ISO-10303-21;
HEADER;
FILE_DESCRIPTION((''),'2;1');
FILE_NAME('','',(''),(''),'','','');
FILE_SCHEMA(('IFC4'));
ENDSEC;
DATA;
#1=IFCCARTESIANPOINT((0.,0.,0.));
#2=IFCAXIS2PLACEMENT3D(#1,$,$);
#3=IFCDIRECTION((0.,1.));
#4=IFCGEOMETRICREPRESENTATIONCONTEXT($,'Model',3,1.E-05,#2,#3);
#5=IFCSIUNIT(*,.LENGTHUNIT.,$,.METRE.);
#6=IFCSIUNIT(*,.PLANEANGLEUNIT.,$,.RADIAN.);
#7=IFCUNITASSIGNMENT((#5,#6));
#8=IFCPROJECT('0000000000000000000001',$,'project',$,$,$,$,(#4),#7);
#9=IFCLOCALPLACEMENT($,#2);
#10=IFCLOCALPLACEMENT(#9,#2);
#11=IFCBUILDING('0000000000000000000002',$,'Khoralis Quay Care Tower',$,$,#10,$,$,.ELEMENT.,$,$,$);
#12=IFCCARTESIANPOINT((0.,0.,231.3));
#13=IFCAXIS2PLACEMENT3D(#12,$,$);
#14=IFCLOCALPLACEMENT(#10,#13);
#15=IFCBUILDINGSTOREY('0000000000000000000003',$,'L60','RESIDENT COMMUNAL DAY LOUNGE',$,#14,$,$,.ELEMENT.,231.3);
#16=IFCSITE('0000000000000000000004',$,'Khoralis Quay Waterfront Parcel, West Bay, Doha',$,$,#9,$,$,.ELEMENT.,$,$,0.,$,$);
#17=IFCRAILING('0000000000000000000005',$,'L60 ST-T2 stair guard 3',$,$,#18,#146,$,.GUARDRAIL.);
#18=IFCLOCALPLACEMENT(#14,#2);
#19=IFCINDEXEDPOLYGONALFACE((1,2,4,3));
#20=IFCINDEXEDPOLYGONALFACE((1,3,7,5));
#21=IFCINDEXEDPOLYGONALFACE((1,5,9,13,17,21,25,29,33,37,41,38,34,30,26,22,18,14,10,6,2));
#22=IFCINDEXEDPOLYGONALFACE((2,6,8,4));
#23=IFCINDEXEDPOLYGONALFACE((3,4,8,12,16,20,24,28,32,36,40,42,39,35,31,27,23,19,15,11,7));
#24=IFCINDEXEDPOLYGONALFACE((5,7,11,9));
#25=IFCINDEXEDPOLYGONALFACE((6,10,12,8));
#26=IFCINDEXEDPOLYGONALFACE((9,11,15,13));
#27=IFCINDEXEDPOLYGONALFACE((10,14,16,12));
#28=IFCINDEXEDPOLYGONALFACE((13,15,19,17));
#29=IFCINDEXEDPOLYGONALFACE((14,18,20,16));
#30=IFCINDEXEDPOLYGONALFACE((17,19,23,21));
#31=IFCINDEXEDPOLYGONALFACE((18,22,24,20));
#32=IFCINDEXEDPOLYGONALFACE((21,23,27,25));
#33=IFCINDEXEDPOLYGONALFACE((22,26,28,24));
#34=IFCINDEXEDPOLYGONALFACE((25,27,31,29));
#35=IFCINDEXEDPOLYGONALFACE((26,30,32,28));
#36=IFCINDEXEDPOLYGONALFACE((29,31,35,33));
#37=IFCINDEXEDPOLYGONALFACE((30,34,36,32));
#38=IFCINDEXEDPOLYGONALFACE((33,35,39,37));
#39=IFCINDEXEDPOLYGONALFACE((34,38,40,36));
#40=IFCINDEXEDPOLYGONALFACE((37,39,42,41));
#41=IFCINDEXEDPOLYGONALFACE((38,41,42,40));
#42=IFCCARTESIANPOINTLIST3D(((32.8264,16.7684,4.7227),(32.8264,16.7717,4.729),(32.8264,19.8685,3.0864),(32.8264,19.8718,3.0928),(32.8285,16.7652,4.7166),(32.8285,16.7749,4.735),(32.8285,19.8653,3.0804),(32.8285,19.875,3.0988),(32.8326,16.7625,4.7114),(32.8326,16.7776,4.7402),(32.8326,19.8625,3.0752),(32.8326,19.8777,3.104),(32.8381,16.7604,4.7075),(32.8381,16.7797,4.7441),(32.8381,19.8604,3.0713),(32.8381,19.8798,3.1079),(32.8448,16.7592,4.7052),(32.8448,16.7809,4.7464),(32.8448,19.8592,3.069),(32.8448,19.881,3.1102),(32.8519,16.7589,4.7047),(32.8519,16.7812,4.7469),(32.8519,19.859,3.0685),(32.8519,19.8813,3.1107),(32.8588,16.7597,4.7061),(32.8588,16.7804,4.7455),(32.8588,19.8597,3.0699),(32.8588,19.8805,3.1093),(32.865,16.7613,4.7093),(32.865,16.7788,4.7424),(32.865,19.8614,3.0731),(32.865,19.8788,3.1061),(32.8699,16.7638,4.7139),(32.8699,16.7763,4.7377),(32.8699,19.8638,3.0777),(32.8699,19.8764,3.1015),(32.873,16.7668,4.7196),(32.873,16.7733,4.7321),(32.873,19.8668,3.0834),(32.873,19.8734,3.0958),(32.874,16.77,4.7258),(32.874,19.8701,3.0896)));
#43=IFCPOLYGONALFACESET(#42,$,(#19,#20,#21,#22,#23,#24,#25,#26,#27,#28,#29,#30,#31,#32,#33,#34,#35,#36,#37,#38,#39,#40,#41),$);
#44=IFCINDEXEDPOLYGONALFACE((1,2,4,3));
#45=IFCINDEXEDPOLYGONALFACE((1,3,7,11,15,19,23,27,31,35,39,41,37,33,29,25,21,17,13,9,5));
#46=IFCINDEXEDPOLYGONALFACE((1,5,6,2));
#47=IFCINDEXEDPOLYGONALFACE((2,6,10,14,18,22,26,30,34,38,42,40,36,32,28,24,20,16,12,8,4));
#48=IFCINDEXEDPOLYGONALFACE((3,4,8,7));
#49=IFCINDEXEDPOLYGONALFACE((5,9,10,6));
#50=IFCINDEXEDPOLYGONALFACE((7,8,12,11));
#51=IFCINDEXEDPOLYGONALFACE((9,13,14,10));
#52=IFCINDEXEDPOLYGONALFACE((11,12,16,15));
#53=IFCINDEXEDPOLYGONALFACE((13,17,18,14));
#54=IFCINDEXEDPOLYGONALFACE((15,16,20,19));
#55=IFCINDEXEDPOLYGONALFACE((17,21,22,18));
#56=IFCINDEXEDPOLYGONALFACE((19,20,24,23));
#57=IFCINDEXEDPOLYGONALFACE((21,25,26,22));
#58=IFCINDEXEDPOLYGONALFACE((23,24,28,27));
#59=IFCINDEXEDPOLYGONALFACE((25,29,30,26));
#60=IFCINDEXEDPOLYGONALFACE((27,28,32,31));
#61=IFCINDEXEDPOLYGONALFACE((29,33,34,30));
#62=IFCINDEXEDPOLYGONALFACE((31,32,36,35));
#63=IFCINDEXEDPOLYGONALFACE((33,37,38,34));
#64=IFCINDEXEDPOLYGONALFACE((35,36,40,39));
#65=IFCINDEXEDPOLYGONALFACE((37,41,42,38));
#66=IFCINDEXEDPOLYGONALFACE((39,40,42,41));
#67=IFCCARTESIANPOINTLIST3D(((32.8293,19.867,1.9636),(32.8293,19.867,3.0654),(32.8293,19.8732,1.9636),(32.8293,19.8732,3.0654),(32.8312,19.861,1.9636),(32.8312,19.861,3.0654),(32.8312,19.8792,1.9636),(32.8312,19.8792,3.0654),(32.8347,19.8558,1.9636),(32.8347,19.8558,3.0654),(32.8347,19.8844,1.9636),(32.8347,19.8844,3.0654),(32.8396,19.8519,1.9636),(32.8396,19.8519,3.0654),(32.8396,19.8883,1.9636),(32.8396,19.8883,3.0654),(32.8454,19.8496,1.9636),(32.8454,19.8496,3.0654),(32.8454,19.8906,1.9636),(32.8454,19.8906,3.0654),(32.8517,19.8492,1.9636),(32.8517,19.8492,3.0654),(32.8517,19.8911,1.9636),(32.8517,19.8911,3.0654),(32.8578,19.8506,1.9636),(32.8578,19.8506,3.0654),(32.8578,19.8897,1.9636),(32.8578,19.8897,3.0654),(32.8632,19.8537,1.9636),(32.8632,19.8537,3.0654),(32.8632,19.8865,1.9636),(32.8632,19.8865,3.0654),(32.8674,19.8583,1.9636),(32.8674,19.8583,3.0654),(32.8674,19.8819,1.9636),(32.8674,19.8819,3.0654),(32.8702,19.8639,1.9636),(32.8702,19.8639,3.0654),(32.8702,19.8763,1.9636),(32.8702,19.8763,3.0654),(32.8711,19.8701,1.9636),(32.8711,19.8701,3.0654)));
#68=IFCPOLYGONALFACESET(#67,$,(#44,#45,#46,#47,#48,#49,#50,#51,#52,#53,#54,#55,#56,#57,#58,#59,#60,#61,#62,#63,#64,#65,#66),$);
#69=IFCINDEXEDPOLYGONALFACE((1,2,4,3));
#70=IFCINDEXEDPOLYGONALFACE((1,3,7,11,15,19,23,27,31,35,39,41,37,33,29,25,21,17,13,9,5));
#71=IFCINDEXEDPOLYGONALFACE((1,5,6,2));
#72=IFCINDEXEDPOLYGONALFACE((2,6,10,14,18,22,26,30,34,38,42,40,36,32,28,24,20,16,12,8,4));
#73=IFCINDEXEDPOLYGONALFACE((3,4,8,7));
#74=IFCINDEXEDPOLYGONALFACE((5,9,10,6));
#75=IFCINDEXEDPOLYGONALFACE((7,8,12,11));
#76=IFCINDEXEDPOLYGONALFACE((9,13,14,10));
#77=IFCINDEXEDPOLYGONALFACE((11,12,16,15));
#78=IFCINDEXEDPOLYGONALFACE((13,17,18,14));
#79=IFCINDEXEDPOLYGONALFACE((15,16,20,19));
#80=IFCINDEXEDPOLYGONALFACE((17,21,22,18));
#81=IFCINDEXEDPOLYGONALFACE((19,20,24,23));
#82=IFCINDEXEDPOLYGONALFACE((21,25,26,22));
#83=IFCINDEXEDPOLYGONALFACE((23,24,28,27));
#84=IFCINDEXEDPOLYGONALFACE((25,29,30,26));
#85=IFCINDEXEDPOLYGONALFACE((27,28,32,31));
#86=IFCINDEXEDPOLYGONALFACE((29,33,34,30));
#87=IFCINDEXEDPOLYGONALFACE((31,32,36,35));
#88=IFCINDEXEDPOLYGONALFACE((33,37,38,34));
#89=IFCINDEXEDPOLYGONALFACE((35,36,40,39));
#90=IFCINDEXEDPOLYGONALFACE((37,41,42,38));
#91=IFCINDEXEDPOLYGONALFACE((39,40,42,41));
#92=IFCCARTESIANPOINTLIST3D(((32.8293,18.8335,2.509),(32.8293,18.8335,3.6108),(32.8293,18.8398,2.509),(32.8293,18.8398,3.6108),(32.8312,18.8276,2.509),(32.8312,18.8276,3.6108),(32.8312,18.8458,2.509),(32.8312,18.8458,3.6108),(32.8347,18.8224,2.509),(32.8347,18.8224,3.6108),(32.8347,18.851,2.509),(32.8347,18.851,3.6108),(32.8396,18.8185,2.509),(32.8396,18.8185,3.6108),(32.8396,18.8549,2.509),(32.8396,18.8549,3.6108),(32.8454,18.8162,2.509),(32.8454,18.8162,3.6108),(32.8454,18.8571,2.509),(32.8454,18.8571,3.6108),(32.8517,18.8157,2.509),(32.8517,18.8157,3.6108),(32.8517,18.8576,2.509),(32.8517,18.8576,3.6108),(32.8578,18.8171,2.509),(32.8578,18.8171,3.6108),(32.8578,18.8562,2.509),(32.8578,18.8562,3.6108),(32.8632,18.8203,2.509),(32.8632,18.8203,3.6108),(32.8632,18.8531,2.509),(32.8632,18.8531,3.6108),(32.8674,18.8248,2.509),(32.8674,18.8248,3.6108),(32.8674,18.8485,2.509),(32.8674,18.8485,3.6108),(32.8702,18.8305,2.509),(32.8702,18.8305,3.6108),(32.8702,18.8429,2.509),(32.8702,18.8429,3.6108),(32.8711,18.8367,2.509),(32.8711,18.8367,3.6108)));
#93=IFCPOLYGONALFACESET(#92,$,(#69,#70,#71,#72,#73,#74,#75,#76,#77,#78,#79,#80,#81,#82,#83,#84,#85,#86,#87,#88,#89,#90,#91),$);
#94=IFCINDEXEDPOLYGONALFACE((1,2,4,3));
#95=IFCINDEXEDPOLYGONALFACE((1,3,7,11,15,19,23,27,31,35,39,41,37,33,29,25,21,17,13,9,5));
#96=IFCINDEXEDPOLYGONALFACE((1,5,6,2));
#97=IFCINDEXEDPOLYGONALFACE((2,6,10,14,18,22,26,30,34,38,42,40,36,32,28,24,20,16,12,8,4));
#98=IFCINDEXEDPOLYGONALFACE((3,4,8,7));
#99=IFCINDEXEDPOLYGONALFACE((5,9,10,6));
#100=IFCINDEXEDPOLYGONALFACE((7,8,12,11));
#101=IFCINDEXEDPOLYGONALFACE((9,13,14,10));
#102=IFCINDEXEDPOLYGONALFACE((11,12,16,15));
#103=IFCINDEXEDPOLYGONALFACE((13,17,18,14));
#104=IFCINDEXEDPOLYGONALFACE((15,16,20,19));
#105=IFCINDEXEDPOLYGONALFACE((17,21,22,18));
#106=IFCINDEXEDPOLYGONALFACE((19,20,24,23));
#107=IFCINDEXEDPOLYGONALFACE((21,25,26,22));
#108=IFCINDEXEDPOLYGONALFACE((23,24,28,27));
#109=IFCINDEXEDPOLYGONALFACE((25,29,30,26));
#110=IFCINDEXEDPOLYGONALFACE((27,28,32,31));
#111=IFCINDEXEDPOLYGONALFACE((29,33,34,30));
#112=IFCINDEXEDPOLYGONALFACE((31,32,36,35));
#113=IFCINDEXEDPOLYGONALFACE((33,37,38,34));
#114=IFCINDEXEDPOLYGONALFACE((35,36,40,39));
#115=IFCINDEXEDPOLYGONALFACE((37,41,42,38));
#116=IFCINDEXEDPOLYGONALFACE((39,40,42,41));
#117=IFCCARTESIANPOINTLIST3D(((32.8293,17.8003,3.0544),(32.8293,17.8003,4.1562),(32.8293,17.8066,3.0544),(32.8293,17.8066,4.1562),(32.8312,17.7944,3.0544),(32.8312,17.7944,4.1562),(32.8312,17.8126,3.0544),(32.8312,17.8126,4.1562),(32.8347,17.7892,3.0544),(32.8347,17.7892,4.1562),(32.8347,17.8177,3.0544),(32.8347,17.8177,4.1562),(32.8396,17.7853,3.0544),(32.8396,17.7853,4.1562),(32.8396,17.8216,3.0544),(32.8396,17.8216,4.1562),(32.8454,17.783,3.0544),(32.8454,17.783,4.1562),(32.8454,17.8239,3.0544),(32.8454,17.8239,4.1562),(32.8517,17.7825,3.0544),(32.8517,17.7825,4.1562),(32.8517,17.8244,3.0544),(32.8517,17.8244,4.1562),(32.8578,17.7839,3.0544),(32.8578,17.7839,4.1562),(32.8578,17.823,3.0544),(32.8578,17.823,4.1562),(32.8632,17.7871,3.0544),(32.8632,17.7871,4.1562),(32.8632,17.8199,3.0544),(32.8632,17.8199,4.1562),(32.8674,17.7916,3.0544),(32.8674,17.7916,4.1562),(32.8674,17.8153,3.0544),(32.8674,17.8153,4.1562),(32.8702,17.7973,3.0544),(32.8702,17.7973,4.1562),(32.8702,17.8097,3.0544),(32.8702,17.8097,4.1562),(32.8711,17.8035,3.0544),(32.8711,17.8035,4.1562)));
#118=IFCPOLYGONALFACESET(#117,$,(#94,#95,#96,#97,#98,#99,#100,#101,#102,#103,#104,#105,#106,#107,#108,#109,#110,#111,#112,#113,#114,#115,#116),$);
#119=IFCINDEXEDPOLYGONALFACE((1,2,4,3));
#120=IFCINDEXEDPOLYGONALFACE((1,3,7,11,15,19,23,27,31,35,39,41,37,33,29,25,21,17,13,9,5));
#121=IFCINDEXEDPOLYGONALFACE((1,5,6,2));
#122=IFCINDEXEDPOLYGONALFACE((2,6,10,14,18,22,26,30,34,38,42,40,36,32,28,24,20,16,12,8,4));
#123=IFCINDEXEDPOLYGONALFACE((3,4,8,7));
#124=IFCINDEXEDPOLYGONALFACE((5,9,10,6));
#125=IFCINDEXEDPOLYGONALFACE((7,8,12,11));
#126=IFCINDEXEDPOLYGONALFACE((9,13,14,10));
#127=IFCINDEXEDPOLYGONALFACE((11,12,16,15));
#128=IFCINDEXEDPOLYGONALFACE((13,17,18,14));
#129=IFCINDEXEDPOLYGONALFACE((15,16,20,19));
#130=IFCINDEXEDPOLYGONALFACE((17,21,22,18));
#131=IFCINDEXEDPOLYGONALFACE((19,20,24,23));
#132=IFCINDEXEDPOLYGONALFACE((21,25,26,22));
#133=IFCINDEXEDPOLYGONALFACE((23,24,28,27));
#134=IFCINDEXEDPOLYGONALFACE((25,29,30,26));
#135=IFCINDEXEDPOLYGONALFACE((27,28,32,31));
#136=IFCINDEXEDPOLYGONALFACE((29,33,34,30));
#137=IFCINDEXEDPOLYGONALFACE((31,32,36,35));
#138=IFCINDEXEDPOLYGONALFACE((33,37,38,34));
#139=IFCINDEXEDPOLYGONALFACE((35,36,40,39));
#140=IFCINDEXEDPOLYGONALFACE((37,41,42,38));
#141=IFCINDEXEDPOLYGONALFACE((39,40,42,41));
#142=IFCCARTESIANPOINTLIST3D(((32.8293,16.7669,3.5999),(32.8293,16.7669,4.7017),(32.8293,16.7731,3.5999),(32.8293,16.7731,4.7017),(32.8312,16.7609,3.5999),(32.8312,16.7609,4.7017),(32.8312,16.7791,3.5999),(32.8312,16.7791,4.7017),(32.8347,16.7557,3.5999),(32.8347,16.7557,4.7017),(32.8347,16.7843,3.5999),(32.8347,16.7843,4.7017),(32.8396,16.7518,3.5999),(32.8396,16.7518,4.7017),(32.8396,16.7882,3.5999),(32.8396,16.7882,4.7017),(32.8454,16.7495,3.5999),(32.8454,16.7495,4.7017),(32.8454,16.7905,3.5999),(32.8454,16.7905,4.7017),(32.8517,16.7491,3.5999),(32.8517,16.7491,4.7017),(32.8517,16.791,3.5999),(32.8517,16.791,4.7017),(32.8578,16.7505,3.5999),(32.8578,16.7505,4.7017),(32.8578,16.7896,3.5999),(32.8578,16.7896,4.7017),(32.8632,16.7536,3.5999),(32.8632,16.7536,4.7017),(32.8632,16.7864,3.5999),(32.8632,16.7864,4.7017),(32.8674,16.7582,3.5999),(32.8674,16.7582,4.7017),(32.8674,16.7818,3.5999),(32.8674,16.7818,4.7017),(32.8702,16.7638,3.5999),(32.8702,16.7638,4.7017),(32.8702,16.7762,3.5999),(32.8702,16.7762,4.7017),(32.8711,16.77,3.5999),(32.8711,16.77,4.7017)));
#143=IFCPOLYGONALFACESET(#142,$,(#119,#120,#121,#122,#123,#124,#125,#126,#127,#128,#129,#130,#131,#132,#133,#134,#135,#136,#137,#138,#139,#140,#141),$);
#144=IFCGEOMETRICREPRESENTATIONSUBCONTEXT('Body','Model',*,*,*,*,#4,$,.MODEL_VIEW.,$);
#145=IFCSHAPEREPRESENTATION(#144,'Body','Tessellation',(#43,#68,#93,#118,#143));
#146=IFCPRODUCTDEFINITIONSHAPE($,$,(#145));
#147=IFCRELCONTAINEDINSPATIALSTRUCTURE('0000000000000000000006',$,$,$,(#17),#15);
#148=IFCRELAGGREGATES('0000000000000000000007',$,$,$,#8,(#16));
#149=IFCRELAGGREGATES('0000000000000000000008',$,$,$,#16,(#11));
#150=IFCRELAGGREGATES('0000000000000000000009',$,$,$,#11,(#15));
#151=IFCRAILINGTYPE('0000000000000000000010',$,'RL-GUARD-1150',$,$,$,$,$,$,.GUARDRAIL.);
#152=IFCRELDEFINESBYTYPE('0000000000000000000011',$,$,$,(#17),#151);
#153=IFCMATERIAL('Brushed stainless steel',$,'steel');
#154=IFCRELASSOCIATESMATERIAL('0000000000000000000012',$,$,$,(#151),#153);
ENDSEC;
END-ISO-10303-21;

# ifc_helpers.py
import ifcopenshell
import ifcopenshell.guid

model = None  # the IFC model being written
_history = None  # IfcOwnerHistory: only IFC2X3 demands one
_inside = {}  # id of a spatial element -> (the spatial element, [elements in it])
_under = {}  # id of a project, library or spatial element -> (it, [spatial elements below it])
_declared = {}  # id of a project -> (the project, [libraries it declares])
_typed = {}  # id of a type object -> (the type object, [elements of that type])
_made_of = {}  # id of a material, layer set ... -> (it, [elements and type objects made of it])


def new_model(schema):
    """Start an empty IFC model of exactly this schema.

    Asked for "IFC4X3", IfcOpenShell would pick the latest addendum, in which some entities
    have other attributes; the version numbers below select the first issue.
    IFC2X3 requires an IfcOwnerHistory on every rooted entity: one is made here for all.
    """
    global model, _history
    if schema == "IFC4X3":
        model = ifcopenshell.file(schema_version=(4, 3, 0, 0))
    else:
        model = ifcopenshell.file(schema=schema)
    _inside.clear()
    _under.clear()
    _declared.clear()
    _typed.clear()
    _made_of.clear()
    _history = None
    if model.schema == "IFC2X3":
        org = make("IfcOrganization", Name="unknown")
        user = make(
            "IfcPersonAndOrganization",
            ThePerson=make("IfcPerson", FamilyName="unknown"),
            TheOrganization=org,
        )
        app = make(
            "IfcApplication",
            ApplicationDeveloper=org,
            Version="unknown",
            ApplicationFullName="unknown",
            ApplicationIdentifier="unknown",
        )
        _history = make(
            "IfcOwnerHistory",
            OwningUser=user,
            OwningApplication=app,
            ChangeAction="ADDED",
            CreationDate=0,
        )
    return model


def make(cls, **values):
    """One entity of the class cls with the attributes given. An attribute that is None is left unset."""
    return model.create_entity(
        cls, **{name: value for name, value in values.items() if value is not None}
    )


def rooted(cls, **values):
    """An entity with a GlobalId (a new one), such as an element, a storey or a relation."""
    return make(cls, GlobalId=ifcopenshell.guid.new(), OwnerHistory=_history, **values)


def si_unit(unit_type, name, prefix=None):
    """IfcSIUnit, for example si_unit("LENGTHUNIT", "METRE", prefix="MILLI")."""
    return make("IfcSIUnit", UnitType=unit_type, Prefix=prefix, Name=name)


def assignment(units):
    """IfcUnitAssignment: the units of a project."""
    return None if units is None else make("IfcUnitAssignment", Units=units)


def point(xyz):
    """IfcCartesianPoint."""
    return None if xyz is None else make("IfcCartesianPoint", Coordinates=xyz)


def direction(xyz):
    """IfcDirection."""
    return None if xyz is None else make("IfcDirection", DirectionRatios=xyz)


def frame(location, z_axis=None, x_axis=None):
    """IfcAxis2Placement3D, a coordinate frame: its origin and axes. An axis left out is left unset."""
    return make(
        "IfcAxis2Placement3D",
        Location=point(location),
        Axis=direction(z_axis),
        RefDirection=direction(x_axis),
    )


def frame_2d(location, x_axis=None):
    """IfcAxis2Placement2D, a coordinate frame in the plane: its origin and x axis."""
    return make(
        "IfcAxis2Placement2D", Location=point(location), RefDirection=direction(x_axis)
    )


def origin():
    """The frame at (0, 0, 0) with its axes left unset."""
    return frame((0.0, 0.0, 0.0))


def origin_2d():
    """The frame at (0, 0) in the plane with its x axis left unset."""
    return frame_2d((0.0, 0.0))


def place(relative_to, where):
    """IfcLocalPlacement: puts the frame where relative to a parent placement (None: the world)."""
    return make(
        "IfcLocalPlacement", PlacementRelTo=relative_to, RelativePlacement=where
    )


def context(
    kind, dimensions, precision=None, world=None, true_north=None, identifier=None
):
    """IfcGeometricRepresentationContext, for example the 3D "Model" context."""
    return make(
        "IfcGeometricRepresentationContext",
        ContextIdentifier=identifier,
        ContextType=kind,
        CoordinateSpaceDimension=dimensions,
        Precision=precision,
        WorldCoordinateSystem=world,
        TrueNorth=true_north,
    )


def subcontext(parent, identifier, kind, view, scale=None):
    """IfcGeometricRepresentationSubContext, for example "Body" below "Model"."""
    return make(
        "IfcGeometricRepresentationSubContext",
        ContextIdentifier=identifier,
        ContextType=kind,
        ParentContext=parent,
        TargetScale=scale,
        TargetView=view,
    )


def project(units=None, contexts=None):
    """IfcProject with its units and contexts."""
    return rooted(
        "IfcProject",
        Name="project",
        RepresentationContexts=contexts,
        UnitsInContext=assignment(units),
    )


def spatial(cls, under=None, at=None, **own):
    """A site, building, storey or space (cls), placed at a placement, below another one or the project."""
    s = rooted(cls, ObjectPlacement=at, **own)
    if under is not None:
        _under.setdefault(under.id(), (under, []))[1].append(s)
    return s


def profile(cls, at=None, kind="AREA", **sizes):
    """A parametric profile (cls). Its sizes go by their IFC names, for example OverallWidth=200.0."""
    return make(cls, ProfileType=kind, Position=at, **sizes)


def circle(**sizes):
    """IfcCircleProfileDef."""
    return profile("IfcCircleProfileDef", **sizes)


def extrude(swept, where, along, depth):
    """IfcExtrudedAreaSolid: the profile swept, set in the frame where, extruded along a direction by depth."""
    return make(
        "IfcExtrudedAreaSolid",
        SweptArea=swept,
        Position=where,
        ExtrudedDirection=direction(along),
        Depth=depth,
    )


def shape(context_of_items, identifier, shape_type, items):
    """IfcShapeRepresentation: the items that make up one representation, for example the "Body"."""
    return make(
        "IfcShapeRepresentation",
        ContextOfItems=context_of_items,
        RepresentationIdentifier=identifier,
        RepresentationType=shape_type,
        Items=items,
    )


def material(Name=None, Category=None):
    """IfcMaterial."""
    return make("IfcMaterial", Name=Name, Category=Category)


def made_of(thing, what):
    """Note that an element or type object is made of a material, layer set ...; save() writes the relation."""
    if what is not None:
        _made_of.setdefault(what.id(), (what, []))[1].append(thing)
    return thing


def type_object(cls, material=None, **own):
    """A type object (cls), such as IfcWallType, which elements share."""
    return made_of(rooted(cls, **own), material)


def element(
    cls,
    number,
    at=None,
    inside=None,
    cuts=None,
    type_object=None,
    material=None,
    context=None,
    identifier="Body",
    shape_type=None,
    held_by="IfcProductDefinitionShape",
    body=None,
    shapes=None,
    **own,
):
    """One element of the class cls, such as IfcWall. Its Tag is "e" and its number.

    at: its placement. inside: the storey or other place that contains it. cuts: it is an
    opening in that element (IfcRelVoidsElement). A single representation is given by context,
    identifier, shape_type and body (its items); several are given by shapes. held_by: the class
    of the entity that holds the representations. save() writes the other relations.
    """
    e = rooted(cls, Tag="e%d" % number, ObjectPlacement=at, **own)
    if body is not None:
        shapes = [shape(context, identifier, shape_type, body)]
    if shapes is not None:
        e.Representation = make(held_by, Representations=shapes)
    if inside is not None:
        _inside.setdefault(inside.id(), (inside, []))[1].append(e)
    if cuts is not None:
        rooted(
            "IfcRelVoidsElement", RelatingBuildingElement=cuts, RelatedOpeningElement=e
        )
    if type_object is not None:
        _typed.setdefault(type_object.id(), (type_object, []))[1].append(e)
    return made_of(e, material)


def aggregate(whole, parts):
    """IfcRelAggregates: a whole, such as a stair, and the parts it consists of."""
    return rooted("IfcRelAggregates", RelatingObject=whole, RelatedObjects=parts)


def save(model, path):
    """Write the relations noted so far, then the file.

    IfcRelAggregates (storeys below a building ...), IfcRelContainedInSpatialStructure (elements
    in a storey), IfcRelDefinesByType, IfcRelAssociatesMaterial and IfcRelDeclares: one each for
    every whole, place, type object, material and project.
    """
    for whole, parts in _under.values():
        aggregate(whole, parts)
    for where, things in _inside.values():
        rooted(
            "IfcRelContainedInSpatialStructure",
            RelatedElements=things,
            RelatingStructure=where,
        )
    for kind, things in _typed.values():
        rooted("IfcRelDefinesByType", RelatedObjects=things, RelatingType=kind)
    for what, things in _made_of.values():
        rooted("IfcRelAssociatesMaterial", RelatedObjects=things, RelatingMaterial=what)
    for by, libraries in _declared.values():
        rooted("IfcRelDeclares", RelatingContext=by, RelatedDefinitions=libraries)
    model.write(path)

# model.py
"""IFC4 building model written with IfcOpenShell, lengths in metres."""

from ifc_helpers import new_model, si_unit, direction, frame, origin, origin_2d, place, context, subcontext, project, spatial, circle, extrude, material, type_object, element, save


model = new_model("IFC4")

# Units and contexts
model_context = context("Model", 3, precision=1e-05, world=origin(), true_north=direction((0.0, 1.0)))
body_context = subcontext(model_context, "Body", "Model", "MODEL_VIEW")
ifc_project = project(units=[si_unit("LENGTHUNIT", "METRE"), si_unit("PLANEANGLEUNIT", "RADIAN")], contexts=[model_context])

# Site, building, storey
site_placement = place(None, origin())
site = spatial("IfcSite", under=ifc_project, at=site_placement, Name="Khoralis Quay Waterfront Parcel, West Bay, Doha", CompositionType="ELEMENT", RefElevation=0.0)
building_placement = place(site_placement, origin())
building = spatial("IfcBuilding", under=site, at=building_placement, Name="Khoralis Quay Care Tower", CompositionType="ELEMENT")
storey_placement = place(building_placement, frame((0.0, 0.0, 231.3)))
storey = spatial("IfcBuildingStorey", under=building, at=storey_placement, Name="L60", Description="RESIDENT COMMUNAL DAY LOUNGE", CompositionType="ELEMENT", Elevation=231.3)

# Railing
ifc_material_1 = material(Name="Brushed stainless steel", Category="steel")
railing_type_1 = type_object("IfcRailingType", Name="RL-GUARD-1150", PredefinedType="GUARDRAIL", material=ifc_material_1)
railing_1_placement = place(storey_placement, frame((32.8501, 19.8701, 1.9636)))
element("IfcRailing", 1, at=railing_1_placement, inside=storey, type_object=railing_type_1, Name="L60 ST-T2 stair guard 3", PredefinedType="GUARDRAIL", context=body_context, shape_type="SweptSolid", body=[
    extrude(circle(Radius=0.0239, at=origin_2d()), frame((0.0, 0.0, 1.126), z_axis=(0.0, -0.884377, 0.466774), x_axis=(1.0, 0.0, 0.0)), (0.0, 0.0, 1.0), 3.5054),
    extrude(circle(Radius=0.021, at=origin_2d()), origin(), (0.0, 0.0, 1.0), 1.1018),
    extrude(circle(Radius=0.021, at=origin_2d()), frame((0.0, -1.0334, 0.5454)), (0.0, 0.0, 1.0), 1.1018),
    extrude(circle(Radius=0.021, at=origin_2d()), frame((0.0, -2.0667, 1.0908)), (0.0, 0.0, 1.0), 1.1018),
    extrude(circle(Radius=0.021, at=origin_2d()), frame((0.0, -3.1001, 1.6362)), (0.0, 0.0, 1.0), 1.1018),
])

save(model, "model.ifc")
